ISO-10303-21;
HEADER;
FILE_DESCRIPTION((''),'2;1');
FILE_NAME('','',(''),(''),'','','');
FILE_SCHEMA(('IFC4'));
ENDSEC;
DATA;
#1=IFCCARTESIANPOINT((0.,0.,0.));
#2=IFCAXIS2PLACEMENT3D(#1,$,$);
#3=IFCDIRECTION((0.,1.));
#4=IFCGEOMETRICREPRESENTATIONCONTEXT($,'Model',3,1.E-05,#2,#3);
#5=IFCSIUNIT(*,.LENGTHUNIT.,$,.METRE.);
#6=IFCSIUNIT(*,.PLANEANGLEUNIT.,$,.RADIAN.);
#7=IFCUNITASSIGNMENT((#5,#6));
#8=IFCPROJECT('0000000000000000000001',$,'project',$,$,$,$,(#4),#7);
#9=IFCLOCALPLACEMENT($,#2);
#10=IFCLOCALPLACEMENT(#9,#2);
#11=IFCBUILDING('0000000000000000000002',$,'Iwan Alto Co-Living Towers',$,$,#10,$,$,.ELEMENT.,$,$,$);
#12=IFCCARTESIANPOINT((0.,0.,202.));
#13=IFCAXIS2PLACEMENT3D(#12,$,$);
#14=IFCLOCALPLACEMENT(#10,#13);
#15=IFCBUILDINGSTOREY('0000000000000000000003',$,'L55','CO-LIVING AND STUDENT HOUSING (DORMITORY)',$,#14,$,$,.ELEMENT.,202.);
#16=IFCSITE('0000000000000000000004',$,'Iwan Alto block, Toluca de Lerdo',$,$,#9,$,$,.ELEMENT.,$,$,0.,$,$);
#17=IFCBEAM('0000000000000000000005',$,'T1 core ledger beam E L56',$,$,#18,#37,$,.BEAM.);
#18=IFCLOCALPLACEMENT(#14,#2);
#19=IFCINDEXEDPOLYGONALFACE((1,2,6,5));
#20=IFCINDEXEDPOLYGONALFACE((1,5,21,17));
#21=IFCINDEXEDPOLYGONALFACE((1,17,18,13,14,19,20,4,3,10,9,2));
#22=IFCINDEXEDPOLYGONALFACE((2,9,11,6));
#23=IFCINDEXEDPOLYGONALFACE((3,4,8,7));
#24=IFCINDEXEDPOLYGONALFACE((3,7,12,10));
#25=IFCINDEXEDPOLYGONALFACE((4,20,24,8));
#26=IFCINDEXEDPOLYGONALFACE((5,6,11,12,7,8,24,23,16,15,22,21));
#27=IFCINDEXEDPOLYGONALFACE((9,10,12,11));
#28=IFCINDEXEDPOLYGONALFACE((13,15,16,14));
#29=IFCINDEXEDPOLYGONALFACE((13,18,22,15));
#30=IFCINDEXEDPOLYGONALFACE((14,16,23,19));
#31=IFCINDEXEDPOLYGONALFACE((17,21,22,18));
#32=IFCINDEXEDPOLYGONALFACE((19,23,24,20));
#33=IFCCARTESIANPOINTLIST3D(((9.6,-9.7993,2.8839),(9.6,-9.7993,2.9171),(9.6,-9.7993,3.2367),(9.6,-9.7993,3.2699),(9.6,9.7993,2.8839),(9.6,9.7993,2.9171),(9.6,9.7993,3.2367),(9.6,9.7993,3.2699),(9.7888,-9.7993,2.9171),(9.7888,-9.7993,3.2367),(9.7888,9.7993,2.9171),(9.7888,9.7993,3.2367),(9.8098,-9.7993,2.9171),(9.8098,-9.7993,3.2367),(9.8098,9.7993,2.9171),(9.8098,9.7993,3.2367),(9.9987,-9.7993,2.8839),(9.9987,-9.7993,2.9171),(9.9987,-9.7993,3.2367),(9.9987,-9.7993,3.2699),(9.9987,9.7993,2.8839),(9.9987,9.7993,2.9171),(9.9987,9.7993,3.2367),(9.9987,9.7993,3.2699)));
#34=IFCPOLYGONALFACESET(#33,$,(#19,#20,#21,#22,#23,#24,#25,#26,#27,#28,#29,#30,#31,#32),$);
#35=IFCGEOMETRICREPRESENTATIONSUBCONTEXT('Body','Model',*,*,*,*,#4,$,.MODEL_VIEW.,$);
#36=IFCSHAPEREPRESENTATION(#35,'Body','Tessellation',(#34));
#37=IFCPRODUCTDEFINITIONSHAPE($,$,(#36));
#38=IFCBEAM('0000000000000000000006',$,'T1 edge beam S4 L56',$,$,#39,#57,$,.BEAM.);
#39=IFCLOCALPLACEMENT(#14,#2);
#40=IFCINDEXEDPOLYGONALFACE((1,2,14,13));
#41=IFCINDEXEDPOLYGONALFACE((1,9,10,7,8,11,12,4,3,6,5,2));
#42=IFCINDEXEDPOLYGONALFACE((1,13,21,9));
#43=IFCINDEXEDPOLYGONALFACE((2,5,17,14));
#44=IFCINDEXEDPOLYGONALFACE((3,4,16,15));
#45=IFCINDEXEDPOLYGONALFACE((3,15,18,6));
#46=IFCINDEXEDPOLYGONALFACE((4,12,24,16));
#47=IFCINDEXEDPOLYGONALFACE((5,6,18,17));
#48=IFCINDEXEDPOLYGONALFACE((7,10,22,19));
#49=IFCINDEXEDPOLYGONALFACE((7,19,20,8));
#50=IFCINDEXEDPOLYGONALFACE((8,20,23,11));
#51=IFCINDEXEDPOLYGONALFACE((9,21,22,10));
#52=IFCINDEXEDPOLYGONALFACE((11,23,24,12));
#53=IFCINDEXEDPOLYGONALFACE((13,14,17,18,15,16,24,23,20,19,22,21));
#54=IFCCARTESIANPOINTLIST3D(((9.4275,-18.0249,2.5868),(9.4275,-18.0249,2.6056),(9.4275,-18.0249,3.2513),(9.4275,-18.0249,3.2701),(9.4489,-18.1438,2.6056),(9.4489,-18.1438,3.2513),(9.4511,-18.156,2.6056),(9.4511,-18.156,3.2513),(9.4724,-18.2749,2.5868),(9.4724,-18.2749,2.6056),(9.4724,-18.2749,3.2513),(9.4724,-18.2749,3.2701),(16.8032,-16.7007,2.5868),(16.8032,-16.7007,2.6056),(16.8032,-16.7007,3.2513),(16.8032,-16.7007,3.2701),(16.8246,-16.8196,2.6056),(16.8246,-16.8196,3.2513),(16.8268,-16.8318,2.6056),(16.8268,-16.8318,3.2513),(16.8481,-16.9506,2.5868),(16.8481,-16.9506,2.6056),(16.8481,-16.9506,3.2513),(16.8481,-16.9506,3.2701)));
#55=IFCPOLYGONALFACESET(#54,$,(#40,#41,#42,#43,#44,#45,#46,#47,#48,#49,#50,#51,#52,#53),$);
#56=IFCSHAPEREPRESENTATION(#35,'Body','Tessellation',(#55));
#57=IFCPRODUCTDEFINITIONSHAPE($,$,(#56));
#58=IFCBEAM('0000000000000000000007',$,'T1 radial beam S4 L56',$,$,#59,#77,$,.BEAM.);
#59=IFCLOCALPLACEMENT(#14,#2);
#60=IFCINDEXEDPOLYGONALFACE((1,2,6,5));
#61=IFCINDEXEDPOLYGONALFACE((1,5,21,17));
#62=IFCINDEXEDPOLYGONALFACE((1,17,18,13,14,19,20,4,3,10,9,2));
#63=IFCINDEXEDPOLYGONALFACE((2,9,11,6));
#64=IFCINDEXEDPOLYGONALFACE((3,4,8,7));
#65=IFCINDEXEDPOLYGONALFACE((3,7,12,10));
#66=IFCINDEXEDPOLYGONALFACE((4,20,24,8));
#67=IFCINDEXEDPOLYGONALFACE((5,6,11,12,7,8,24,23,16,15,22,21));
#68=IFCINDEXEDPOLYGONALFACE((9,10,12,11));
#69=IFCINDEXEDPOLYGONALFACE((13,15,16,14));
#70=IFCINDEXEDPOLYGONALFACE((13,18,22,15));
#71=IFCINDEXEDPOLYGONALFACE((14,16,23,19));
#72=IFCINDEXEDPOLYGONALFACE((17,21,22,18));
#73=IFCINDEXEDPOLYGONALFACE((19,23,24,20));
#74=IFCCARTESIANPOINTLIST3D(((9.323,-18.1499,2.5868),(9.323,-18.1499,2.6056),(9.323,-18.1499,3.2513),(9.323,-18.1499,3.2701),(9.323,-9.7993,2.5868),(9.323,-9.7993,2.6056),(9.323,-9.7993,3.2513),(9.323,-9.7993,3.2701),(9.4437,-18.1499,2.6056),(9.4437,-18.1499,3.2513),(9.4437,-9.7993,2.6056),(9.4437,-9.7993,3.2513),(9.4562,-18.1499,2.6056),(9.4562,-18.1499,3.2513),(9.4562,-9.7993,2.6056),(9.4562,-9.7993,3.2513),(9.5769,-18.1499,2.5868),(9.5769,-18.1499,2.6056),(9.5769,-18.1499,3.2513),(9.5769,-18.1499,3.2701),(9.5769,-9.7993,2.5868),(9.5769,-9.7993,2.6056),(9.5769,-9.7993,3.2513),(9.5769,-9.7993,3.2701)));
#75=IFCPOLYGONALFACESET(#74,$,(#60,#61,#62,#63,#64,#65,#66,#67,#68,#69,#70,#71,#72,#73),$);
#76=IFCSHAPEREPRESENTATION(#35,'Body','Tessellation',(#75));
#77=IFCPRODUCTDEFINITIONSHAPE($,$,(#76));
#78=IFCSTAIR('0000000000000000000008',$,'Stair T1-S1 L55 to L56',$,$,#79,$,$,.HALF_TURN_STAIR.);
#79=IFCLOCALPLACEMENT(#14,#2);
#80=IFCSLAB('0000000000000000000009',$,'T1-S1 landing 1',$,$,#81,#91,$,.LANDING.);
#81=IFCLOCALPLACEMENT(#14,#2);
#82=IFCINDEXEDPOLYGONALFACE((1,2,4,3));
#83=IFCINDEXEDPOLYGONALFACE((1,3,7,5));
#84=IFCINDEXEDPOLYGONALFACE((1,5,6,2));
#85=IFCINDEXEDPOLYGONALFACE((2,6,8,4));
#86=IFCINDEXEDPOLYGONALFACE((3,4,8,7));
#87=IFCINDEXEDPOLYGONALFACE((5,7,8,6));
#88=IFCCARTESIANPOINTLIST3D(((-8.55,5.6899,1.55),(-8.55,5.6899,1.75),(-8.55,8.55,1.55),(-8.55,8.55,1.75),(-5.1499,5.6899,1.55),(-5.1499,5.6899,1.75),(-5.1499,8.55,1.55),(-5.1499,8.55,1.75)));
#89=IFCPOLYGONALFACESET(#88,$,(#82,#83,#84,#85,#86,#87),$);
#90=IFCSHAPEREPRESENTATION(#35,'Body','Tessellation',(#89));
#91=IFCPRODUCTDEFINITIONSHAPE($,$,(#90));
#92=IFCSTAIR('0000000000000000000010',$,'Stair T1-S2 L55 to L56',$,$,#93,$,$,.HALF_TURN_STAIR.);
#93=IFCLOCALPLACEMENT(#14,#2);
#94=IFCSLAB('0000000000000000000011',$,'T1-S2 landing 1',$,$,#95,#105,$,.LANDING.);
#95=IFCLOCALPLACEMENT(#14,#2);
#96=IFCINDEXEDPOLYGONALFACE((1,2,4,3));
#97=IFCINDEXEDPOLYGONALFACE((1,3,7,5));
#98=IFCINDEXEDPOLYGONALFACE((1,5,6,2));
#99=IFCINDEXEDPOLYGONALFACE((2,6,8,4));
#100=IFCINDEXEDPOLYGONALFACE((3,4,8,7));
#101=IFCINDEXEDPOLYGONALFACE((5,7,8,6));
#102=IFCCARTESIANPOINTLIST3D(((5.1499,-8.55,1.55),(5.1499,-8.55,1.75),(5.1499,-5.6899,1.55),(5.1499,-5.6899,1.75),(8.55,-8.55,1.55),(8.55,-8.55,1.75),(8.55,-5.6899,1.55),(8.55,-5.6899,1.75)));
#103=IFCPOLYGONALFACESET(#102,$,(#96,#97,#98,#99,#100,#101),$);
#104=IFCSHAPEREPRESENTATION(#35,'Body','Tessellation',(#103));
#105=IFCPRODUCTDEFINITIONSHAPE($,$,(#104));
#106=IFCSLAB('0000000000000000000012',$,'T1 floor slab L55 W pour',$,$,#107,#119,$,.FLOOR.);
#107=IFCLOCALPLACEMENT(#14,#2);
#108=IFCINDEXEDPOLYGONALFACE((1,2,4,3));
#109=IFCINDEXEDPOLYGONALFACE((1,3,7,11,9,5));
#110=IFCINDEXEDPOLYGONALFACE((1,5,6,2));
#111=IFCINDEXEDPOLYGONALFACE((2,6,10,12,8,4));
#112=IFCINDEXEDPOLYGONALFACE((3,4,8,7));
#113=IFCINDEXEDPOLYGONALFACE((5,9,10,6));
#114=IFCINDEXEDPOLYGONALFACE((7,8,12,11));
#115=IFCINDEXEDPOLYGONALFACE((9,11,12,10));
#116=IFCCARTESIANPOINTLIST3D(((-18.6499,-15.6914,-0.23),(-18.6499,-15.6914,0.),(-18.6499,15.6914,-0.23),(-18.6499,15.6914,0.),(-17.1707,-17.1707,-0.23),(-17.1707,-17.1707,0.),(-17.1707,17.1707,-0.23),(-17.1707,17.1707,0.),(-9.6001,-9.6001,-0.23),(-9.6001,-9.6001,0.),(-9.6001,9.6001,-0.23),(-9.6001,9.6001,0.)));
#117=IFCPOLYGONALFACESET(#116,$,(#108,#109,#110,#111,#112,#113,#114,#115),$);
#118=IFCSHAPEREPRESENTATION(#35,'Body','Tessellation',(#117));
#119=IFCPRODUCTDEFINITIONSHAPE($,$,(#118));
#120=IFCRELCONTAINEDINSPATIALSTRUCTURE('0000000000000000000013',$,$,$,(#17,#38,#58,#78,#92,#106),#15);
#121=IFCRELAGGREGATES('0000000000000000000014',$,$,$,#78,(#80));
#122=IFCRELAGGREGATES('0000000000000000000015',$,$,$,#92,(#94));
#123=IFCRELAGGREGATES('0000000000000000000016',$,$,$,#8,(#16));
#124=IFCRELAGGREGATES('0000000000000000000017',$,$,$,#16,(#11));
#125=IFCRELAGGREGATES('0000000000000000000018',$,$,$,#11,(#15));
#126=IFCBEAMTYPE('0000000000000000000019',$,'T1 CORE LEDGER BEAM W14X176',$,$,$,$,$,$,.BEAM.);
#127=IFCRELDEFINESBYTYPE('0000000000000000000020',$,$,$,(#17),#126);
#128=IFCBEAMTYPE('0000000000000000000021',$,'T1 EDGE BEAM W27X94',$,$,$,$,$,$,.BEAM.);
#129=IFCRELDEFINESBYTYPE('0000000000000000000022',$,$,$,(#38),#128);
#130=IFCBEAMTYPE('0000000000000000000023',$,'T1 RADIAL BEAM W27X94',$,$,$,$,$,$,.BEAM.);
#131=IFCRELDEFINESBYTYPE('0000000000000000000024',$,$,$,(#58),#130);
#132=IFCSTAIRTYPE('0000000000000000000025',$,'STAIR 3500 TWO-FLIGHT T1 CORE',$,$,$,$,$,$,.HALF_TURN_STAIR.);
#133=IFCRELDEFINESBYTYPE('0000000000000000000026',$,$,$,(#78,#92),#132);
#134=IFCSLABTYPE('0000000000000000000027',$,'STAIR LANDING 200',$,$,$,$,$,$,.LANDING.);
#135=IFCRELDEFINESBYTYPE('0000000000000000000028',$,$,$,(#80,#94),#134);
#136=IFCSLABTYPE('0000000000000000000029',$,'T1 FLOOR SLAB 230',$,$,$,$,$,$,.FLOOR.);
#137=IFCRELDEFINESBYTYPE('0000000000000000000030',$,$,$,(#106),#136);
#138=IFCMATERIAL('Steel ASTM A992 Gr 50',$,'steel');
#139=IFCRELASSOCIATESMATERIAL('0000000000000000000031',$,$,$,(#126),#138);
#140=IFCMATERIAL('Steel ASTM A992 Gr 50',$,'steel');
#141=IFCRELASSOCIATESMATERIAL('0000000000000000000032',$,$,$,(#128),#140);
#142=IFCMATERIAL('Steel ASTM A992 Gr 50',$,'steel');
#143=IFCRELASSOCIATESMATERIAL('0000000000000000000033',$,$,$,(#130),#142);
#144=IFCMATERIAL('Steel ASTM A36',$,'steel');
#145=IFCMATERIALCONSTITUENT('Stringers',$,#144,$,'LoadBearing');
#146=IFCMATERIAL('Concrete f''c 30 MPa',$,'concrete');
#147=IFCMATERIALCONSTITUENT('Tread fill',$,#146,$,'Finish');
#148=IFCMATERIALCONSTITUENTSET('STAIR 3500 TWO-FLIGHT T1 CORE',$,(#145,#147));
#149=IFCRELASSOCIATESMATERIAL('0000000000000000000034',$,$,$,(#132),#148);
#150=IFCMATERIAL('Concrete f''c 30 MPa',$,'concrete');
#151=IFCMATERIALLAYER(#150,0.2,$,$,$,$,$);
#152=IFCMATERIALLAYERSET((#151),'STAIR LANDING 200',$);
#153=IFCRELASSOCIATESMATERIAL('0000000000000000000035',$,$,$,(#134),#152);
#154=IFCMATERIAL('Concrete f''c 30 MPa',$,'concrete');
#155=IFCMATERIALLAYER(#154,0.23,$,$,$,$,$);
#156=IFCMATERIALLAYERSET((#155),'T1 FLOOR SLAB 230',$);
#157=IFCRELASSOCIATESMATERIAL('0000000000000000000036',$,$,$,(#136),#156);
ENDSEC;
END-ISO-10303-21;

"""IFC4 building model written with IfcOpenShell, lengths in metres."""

from ifc_helpers import new_model, si_unit, direction, frame, origin, origin_2d, place, context, subcontext, project, spatial, polyline, i_section, outline, extrude, material, layer, layer_set, constituent, constituent_set, material_profile, profile_set, type_object, element, aggregate, save


model = new_model("IFC4")

# Units and contexts
model_context = context("Model", 3, precision=1e-05, world=origin(), true_north=direction((0.0, 1.0)))
body_context = subcontext(model_context, "Body", "Model", "MODEL_VIEW")
ifc_project = project(units=[si_unit("LENGTHUNIT", "METRE"), si_unit("PLANEANGLEUNIT", "RADIAN")], contexts=[model_context])

# Site, building, storey
site_placement = place(None, origin())
site = spatial("IfcSite", under=ifc_project, at=site_placement, Name="Iwan Alto block, Toluca de Lerdo", CompositionType="ELEMENT", RefElevation=0.0)
building_placement = place(site_placement, origin())
building = spatial("IfcBuilding", under=site, at=building_placement, Name="Iwan Alto Co-Living Towers", CompositionType="ELEMENT")
storey_placement = place(building_placement, frame((0.0, 0.0, 202.0)))
storey = spatial("IfcBuildingStorey", under=building, at=storey_placement, Name="L55", Description="CO-LIVING AND STUDENT HOUSING (DORMITORY)", CompositionType="ELEMENT", Elevation=202.0)

# Beams
ifc_material_1 = material(Name="Steel ASTM A992 Gr 50", Category="steel")
ifc_material_profile_1 = material_profile(ifc_material_1, i_section(OverallWidth=0.3987, OverallDepth=0.386, WebThickness=0.021, FlangeThickness=0.0332, at=origin_2d()), Name="W14X176")
ifc_profile_set_1 = profile_set([ifc_material_profile_1], Name="Steel ASTM A992 Gr 50")
beam_type_1 = type_object("IfcBeamType", Name="T1 CORE LEDGER BEAM W14X176", PredefinedType="BEAM", material=ifc_profile_set_1)
beam_1_placement = place(storey_placement, frame((9.7993, -9.7993, 3.0769), z_axis=(0.0, 1.0, 0.0), x_axis=(-1.0, 0.0, 0.0)))
element("IfcBeam", 1, at=beam_1_placement, inside=storey, type_object=beam_type_1, Name="T1 core ledger beam E L56", PredefinedType="BEAM", context=body_context, shape_type="SweptSolid", body=[
    extrude(i_section(OverallWidth=0.3987, OverallDepth=0.386, WebThickness=0.021, FlangeThickness=0.0332, at=origin_2d()), origin(), (0.0, 0.0, 1.0), 19.5986),
])
ifc_material_2 = material(Name="Steel ASTM A992 Gr 50", Category="steel")
ifc_material_profile_2 = material_profile(ifc_material_2, i_section(OverallWidth=0.2539, OverallDepth=0.6833, WebThickness=0.0125, FlangeThickness=0.0188, at=origin_2d()), Name="W27X94")
ifc_profile_set_2 = profile_set([ifc_material_profile_2], Name="Steel ASTM A992 Gr 50")
beam_type_2 = type_object("IfcBeamType", Name="T1 EDGE BEAM W27X94", PredefinedType="BEAM", material=ifc_profile_set_2)
beam_2_placement = place(storey_placement, frame((9.45, -18.1499, 2.9285), z_axis=(0.984263, 0.176712, 0.0), x_axis=(-0.176712, 0.984263, 0.0)))
element("IfcBeam", 2, at=beam_2_placement, inside=storey, type_object=beam_type_2, Name="T1 edge beam S4 L56", PredefinedType="BEAM", context=body_context, shape_type="SweptSolid", body=[
    extrude(i_section(OverallWidth=0.2539, OverallDepth=0.6833, WebThickness=0.0125, FlangeThickness=0.0188, at=origin_2d()), origin(), (0.0, 0.0, 1.0), 7.4937),
])
ifc_material_3 = material(Name="Steel ASTM A992 Gr 50", Category="steel")
ifc_material_profile_3 = material_profile(ifc_material_3, i_section(OverallWidth=0.2539, OverallDepth=0.6833, WebThickness=0.0125, FlangeThickness=0.0188, at=origin_2d()), Name="W27X94")
ifc_profile_set_3 = profile_set([ifc_material_profile_3], Name="Steel ASTM A992 Gr 50")
beam_type_3 = type_object("IfcBeamType", Name="T1 RADIAL BEAM W27X94", PredefinedType="BEAM", material=ifc_profile_set_3)
beam_3_placement = place(storey_placement, frame((9.45, -18.1499, 2.9285), z_axis=(0.0, 1.0, 0.0), x_axis=(-1.0, 0.0, 0.0)))
element("IfcBeam", 3, at=beam_3_placement, inside=storey, type_object=beam_type_3, Name="T1 radial beam S4 L56", PredefinedType="BEAM", context=body_context, shape_type="SweptSolid", body=[
    extrude(i_section(OverallWidth=0.2539, OverallDepth=0.6833, WebThickness=0.0125, FlangeThickness=0.0188, at=origin_2d()), origin(), (0.0, 0.0, 1.0), 8.3506),
])

# Stairs, slabs
ifc_material_4 = material(Name="Steel ASTM A36", Category="steel")
ifc_constituent_1 = constituent(ifc_material_4, Name="Stringers", Category="LoadBearing")
ifc_material_5 = material(Name="Concrete f'c 30 MPa", Category="concrete")
ifc_constituent_2 = constituent(ifc_material_5, Name="Tread fill", Category="Finish")
ifc_constituent_set_1 = constituent_set(constituents=[ifc_constituent_1, ifc_constituent_2], Name="STAIR 3500 TWO-FLIGHT T1 CORE")
stair_type = type_object("IfcStairType", Name="STAIR 3500 TWO-FLIGHT T1 CORE", PredefinedType="HALF_TURN_STAIR", material=ifc_constituent_set_1)
stair_1_placement = place(storey_placement, origin())
stair_1 = element("IfcStair", 4, at=stair_1_placement, inside=storey, type_object=stair_type, Name="Stair T1-S1 L55 to L56", PredefinedType="HALF_TURN_STAIR")
ifc_material_6 = material(Name="Concrete f'c 30 MPa", Category="concrete")
ifc_layer_1 = layer(ifc_material_6, 0.2)
ifc_layer_set_1 = layer_set([ifc_layer_1], Name="STAIR LANDING 200")
slab_type_1 = type_object("IfcSlabType", Name="STAIR LANDING 200", PredefinedType="LANDING", material=ifc_layer_set_1)
slab_1_placement = place(storey_placement, frame((0.0, 0.0, 1.55)))
slab_1 = element("IfcSlab", 5, at=slab_1_placement, type_object=slab_type_1, Name="T1-S1 landing 1", PredefinedType="LANDING", context=body_context, shape_type="SweptSolid", body=[
    extrude(outline(polyline([(-8.55, 5.6899), (-8.55, 8.55), (-5.1499, 8.55), (-5.1499, 5.6899), (-8.55, 5.6899)])), origin(), (0.0, 0.0, 1.0), 0.2),
])
aggregate(stair_1, [slab_1])
stair_2_placement = place(storey_placement, origin())
stair_2 = element("IfcStair", 6, at=stair_2_placement, inside=storey, type_object=stair_type, Name="Stair T1-S2 L55 to L56", PredefinedType="HALF_TURN_STAIR")
slab_2_placement = place(storey_placement, frame((0.0, 0.0, 1.55)))
slab_2 = element("IfcSlab", 7, at=slab_2_placement, type_object=slab_type_1, Name="T1-S2 landing 1", PredefinedType="LANDING", context=body_context, shape_type="SweptSolid", body=[
    extrude(outline(polyline([(5.1499, -5.6899), (5.1499, -8.55), (8.55, -8.55), (8.55, -5.6899), (5.1499, -5.6899)])), origin(), (0.0, 0.0, 1.0), 0.2),
])

# Slab
ifc_material_7 = material(Name="Concrete f'c 30 MPa", Category="concrete")
ifc_layer_2 = layer(ifc_material_7, 0.23)
ifc_layer_set_2 = layer_set([ifc_layer_2], Name="T1 FLOOR SLAB 230")
slab_type_2 = type_object("IfcSlabType", Name="T1 FLOOR SLAB 230", PredefinedType="FLOOR", material=ifc_layer_set_2)
slab_3_placement = place(storey_placement, frame((0.0, 0.0, -0.23)))
element("IfcSlab", 8, at=slab_3_placement, inside=storey, type_object=slab_type_2, Name="T1 floor slab L55 W pour", PredefinedType="FLOOR", context=body_context, shape_type="SweptSolid", body=[
    extrude(outline(polyline([(-18.6499, 15.6914), (-17.1707, 17.1707), (-9.6001, 9.6001), (-9.6001, -9.6001), (-17.1707, -17.1707), (-18.6499, -15.6914), (-18.6499, 15.6914)])), origin(), (0.0, 0.0, 1.0), 0.23),
])

aggregate(stair_2, [slab_2])

save(model, "model.ifc")
